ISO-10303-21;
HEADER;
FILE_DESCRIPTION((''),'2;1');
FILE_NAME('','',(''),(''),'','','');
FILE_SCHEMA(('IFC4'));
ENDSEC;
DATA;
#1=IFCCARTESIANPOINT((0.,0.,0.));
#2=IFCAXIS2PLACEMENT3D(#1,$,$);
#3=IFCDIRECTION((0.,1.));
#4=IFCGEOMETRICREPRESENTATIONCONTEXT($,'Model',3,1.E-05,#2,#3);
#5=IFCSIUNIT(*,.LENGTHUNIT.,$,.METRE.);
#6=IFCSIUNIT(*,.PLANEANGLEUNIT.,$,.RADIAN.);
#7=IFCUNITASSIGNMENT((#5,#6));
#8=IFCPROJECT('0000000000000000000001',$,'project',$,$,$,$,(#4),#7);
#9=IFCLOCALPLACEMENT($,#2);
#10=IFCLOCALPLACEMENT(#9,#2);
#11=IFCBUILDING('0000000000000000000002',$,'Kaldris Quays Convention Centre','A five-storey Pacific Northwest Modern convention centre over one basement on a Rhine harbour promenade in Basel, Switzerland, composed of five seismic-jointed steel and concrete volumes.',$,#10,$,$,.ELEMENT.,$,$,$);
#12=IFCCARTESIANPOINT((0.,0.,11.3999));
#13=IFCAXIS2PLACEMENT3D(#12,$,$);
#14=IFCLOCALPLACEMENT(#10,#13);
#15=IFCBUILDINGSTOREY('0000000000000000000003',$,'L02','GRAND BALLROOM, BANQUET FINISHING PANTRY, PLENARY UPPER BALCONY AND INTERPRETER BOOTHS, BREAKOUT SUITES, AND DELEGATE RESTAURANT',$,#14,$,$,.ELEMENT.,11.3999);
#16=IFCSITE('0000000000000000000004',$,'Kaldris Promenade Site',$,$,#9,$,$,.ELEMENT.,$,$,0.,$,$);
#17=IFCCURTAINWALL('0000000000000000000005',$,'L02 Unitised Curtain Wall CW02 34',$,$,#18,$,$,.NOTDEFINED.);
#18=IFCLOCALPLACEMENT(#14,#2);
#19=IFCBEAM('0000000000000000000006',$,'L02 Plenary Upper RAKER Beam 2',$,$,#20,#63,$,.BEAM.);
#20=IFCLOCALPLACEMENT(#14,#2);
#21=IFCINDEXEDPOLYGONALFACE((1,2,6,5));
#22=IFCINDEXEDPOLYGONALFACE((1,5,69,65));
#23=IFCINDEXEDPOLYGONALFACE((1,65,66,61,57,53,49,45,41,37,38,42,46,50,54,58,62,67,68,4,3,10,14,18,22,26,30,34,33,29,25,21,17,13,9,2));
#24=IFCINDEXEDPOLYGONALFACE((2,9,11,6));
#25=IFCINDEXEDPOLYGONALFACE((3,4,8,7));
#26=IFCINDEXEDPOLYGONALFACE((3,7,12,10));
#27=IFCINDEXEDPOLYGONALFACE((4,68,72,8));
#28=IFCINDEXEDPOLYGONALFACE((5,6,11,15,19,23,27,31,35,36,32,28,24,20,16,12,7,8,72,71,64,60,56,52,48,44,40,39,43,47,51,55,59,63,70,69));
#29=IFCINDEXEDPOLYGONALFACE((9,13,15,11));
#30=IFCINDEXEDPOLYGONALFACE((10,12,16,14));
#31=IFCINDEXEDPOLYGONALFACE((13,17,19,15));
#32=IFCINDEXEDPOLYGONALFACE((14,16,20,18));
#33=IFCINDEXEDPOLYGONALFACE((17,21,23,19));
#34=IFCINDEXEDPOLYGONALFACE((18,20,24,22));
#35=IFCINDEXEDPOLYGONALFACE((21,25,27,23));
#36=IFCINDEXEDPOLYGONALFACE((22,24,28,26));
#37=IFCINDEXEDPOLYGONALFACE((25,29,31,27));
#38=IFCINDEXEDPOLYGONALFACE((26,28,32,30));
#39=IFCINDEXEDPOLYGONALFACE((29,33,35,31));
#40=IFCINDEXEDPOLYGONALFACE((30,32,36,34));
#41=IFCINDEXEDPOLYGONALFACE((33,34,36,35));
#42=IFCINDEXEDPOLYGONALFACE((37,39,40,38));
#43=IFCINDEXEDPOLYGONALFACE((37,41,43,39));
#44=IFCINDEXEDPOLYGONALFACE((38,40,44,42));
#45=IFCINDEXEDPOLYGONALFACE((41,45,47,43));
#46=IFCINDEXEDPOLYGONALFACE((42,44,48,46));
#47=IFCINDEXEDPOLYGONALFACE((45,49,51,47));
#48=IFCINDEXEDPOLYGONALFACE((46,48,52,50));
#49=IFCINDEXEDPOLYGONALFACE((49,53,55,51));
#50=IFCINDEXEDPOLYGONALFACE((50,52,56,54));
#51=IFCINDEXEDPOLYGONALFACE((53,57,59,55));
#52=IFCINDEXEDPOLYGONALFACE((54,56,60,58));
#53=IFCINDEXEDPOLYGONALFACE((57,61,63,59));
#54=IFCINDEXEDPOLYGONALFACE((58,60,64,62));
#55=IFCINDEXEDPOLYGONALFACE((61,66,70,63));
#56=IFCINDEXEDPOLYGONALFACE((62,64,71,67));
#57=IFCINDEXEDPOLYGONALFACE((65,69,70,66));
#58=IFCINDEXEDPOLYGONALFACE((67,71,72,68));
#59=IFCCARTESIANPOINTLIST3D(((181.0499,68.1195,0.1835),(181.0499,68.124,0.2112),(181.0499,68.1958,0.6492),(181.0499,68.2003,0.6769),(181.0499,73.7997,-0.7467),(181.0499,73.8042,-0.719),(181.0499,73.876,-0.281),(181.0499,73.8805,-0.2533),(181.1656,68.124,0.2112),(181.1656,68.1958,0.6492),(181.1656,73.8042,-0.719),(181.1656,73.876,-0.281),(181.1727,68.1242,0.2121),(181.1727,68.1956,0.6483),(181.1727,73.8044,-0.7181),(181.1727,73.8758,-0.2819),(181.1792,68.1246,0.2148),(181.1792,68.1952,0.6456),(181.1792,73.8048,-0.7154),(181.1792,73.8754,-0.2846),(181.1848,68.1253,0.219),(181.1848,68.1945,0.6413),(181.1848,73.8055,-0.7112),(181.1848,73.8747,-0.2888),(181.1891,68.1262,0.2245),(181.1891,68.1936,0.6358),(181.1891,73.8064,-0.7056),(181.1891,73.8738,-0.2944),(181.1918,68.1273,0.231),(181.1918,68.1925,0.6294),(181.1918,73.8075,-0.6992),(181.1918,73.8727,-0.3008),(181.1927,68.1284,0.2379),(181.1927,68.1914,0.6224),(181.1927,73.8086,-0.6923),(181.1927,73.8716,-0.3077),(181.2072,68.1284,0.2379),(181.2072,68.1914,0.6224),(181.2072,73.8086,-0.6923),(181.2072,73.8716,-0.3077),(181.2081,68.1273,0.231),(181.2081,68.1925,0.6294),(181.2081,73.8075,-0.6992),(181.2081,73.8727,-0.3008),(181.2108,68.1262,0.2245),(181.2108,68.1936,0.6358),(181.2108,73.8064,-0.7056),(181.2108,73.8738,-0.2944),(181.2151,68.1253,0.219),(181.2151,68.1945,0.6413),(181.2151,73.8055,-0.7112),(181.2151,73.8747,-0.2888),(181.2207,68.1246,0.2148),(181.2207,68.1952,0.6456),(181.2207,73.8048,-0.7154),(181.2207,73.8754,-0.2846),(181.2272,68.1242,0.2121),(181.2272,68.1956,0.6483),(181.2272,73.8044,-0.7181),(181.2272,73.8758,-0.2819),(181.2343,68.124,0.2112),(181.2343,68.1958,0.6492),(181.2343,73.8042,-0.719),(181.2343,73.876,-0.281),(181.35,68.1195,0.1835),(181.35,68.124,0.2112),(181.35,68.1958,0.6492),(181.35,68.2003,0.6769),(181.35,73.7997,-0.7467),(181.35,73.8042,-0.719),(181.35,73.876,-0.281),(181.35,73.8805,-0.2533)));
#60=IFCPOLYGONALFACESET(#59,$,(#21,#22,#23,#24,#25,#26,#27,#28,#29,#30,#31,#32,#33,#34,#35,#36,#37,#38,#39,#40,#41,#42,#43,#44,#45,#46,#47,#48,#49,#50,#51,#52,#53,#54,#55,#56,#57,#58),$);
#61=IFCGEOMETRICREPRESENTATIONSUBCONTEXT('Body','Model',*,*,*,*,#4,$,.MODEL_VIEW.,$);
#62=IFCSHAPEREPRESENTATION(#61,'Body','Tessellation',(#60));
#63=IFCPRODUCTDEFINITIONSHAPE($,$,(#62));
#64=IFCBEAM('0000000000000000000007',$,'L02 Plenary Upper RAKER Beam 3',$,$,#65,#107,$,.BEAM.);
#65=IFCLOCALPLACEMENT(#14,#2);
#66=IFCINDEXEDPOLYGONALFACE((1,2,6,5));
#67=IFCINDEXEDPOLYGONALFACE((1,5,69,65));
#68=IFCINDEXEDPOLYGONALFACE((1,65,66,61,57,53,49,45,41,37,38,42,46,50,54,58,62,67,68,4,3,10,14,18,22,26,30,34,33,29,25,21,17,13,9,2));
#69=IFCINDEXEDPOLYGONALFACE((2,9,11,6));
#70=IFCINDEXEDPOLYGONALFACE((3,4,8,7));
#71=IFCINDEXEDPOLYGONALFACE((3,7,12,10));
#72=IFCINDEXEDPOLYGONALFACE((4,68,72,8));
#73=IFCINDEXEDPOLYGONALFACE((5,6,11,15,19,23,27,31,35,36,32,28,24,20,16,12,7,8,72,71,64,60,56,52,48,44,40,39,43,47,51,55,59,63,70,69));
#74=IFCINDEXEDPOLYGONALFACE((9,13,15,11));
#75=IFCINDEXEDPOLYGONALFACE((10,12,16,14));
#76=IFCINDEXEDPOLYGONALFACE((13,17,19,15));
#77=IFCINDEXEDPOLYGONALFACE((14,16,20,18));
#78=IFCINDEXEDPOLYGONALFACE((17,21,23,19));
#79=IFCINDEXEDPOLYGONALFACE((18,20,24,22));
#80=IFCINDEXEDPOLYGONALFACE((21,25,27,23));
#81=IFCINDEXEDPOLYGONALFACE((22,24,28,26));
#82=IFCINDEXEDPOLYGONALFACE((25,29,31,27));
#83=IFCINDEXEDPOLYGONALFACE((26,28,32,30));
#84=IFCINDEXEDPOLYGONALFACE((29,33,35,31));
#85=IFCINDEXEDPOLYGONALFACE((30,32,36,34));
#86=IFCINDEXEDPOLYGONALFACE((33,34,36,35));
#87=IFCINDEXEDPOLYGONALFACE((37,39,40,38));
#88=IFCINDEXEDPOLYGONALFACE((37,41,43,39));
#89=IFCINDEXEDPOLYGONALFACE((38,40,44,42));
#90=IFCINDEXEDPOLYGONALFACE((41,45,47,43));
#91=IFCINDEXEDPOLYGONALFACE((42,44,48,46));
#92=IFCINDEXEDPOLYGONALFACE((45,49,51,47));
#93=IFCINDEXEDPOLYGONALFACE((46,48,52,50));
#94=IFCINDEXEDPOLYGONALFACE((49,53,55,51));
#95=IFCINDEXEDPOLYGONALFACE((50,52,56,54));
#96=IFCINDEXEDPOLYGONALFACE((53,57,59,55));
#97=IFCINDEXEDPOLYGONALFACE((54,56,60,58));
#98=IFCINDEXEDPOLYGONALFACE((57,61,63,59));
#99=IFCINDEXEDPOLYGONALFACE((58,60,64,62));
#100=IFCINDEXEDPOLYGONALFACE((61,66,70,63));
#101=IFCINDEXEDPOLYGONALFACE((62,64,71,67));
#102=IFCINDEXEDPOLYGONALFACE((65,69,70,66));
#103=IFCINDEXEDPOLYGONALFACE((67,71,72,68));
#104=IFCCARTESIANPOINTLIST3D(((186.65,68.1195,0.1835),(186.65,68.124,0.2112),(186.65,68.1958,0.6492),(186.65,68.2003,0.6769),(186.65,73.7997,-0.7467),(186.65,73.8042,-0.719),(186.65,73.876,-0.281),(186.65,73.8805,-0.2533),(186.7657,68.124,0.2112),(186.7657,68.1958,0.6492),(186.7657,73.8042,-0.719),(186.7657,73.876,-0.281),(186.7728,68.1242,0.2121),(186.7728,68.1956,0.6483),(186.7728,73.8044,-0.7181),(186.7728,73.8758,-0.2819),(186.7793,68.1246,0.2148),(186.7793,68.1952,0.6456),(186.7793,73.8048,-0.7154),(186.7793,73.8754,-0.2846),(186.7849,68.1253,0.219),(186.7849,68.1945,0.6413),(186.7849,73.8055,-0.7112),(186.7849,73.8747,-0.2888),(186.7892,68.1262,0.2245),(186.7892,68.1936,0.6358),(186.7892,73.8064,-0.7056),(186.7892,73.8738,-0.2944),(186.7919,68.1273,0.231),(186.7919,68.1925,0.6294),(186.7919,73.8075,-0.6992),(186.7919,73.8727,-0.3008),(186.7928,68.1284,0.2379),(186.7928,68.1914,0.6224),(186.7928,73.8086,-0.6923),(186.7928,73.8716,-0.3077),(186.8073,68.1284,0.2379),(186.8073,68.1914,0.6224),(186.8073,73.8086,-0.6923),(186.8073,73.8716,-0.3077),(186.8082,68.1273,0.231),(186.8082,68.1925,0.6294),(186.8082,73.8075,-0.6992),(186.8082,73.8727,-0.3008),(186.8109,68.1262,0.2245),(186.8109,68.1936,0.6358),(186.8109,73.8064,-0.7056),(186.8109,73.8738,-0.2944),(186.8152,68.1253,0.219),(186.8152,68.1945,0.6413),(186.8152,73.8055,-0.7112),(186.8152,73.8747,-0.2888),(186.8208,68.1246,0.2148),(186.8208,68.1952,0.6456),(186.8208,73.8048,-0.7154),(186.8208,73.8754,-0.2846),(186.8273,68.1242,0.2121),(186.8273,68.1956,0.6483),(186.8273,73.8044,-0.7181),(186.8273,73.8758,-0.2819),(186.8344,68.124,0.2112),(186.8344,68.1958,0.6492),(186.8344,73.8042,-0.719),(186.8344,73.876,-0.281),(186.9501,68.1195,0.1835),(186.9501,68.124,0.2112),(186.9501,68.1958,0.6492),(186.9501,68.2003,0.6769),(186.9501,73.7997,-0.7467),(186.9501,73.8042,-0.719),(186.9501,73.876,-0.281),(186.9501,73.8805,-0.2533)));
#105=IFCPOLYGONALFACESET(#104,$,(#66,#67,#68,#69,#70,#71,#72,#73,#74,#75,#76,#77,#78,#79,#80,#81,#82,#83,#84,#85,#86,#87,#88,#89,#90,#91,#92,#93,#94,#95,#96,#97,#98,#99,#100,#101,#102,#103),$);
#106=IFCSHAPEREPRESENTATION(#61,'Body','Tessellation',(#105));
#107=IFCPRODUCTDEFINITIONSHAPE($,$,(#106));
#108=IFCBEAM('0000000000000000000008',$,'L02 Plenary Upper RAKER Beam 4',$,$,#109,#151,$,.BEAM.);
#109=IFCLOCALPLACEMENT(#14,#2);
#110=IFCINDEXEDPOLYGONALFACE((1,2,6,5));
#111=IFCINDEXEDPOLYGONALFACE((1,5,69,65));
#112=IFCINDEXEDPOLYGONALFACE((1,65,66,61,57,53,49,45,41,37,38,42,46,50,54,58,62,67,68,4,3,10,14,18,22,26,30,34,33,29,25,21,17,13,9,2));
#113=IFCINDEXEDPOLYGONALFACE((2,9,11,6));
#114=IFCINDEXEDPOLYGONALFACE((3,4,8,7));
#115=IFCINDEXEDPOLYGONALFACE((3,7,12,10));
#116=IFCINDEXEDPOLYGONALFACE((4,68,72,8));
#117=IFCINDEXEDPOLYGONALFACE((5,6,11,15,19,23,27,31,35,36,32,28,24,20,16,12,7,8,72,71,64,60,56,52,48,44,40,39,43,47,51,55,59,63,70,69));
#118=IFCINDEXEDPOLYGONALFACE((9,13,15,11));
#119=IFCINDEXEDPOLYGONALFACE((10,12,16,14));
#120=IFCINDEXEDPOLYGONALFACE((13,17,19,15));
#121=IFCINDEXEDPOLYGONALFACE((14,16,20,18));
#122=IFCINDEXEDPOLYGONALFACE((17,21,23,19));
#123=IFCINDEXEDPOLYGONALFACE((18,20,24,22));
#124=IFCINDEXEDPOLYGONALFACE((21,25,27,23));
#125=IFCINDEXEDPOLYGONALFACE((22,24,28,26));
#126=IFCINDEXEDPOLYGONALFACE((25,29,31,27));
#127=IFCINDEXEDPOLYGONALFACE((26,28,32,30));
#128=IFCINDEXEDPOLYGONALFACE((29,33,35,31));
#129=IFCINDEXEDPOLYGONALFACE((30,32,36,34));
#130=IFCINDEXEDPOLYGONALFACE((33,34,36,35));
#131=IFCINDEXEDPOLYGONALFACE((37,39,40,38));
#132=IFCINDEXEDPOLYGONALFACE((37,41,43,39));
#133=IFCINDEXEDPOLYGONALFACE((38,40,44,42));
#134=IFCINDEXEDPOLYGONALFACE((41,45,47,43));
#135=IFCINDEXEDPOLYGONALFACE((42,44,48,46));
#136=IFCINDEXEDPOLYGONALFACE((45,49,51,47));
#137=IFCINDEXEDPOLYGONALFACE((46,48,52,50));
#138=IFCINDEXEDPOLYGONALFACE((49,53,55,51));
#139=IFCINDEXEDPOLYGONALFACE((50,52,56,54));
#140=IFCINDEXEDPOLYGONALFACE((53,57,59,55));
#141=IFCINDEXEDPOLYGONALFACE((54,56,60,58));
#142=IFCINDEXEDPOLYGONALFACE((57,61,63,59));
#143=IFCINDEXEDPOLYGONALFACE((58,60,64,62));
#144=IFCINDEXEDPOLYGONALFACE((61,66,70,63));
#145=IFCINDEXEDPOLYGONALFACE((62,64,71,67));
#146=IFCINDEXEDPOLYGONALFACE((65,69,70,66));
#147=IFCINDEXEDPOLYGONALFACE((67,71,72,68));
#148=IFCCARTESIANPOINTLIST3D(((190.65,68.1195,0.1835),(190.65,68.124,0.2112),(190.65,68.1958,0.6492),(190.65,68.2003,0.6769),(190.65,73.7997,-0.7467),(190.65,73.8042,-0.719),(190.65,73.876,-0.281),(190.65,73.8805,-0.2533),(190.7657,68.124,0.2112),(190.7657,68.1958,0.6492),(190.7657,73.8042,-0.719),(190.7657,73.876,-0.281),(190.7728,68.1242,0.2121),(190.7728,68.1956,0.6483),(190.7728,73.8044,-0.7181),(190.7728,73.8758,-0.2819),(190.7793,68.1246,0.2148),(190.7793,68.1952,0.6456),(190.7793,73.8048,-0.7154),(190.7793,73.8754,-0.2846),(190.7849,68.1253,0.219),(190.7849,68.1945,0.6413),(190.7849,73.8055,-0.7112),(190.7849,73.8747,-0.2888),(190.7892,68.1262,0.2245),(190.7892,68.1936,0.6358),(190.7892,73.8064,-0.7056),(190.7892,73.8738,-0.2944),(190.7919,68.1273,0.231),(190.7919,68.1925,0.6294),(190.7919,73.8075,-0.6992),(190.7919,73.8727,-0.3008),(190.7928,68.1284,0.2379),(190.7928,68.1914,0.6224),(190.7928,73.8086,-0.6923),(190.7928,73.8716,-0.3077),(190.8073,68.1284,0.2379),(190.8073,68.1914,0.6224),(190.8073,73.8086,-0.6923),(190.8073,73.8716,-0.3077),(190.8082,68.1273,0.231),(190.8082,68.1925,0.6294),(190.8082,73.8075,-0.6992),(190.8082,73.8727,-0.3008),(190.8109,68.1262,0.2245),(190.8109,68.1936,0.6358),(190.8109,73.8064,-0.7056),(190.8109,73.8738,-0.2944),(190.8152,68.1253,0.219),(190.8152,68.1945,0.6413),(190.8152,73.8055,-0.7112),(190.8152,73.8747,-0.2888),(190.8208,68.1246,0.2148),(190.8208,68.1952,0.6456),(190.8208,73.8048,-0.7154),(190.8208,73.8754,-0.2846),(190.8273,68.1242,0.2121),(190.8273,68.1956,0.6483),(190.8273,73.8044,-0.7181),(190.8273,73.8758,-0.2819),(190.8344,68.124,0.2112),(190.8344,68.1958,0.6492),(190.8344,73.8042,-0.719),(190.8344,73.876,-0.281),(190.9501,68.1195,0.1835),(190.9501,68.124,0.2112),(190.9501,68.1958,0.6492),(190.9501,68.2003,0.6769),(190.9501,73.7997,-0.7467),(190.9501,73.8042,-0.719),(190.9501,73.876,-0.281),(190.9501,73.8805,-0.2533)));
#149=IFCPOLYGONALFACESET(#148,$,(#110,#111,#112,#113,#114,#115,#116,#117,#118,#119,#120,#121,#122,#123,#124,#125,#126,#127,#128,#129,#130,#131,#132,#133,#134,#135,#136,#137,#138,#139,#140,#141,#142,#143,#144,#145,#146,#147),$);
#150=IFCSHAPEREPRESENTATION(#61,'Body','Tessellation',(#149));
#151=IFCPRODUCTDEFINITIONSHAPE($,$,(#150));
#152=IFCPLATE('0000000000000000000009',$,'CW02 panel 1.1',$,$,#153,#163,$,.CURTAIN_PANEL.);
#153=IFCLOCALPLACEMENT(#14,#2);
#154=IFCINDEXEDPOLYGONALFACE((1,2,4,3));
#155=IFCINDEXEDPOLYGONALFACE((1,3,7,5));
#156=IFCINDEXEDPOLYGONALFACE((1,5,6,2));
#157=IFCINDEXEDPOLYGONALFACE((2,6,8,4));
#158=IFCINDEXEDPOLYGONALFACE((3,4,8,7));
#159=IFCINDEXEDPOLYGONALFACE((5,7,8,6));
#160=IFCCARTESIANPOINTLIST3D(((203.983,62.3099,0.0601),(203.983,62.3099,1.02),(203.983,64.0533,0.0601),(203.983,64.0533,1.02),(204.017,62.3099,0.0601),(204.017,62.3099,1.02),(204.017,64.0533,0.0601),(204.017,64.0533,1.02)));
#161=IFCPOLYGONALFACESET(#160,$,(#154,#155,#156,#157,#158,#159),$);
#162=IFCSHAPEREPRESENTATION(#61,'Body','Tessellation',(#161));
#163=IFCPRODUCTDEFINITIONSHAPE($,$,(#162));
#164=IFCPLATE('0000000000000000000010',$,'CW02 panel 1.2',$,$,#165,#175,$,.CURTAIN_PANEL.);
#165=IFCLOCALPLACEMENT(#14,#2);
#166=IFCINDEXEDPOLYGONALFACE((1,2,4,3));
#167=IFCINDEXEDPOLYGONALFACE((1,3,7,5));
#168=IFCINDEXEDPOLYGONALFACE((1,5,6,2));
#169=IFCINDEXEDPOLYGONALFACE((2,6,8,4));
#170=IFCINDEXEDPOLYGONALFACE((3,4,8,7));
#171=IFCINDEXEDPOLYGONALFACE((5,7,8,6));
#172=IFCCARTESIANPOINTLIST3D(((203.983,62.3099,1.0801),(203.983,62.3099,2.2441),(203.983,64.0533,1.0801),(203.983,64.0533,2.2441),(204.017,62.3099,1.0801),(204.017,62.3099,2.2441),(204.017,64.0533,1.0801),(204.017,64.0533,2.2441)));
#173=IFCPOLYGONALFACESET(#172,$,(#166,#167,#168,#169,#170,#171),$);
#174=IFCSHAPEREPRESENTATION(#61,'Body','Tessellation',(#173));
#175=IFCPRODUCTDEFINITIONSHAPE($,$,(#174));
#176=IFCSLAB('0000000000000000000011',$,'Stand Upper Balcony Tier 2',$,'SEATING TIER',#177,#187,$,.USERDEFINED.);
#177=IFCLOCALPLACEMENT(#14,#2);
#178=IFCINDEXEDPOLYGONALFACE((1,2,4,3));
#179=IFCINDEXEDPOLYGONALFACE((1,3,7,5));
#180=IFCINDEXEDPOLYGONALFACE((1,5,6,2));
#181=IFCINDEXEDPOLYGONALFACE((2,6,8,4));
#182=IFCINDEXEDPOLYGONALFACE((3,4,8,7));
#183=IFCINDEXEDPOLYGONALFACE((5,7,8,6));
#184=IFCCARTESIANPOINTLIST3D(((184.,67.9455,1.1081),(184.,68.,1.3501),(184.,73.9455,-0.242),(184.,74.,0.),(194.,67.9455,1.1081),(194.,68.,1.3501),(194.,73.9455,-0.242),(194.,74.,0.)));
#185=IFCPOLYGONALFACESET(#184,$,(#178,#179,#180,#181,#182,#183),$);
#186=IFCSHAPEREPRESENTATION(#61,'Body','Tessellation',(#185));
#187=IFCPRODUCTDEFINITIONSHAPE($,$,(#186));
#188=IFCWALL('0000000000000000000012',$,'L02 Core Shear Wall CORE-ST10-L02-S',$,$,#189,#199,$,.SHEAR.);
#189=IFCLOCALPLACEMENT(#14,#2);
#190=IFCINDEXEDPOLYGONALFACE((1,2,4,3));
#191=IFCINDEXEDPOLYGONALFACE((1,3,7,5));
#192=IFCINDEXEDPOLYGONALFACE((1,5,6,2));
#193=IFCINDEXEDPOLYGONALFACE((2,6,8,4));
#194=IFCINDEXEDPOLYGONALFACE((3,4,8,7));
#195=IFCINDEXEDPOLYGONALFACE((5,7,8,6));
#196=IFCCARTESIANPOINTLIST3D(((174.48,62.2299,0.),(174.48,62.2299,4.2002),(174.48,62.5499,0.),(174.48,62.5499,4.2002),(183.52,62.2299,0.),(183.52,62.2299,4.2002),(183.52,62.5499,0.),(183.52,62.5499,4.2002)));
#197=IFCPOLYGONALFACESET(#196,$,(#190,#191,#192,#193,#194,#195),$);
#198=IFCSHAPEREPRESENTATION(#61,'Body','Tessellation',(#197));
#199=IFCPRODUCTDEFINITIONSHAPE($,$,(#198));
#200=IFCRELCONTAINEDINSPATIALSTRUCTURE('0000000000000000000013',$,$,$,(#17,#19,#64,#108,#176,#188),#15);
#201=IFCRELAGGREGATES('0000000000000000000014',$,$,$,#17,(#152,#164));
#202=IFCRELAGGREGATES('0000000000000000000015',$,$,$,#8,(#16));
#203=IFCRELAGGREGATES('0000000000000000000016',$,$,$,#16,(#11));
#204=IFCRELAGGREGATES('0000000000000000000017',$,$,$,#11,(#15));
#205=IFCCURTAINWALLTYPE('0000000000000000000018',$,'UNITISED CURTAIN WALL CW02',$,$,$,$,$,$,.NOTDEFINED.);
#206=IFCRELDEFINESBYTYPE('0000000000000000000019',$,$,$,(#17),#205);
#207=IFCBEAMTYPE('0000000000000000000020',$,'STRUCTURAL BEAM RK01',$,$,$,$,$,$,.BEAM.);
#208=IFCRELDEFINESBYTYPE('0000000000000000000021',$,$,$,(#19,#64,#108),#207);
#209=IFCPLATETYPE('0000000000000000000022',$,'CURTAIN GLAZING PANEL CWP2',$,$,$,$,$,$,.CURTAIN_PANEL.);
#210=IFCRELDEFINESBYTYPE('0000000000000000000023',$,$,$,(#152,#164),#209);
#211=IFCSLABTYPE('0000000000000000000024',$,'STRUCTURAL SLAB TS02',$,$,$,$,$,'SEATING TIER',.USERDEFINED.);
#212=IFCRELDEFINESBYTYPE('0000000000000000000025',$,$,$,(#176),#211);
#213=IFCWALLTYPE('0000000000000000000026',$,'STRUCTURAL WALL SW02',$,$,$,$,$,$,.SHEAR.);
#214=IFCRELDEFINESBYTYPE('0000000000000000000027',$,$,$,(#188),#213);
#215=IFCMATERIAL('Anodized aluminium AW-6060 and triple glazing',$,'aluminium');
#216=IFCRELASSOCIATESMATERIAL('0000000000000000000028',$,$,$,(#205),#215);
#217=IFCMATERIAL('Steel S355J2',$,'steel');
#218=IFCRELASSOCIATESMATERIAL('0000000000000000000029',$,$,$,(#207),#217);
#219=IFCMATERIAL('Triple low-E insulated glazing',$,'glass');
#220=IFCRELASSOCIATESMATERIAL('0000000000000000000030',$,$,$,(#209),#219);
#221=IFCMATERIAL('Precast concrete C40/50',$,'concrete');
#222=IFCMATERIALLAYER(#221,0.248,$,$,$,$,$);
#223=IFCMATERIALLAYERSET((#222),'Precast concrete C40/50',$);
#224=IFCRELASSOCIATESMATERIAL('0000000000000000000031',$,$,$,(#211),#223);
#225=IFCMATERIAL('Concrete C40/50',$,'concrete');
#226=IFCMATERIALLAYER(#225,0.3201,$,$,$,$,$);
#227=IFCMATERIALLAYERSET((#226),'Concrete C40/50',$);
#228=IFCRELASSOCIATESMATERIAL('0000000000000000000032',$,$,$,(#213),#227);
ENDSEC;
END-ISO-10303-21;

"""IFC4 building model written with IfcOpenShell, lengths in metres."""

from ifc_helpers import new_model, si_unit, direction, frame, frame_2d, origin, origin_2d, place, context, subcontext, project, spatial, polyline, rectangle, i_section, outline, extrude, material, layer, layer_set, material_profile, profile_set, type_object, element, aggregate, save


model = new_model("IFC4")

# Units and contexts
model_context = context("Model", 3, precision=1e-05, world=origin(), true_north=direction((0.0, 1.0)))
body_context = subcontext(model_context, "Body", "Model", "MODEL_VIEW")
ifc_project = project(units=[si_unit("LENGTHUNIT", "METRE"), si_unit("PLANEANGLEUNIT", "RADIAN")], contexts=[model_context])

# Site, building, storey
site_placement = place(None, origin())
site = spatial("IfcSite", under=ifc_project, at=site_placement, Name="Kaldris Promenade Site", CompositionType="ELEMENT", RefElevation=0.0)
building_placement = place(site_placement, origin())
building = spatial("IfcBuilding", under=site, at=building_placement, Name="Kaldris Quays Convention Centre", Description="A five-storey Pacific Northwest Modern convention centre over one basement on a Rhine harbour promenade in Basel, Switzerland, composed of five seismic-jointed steel and concrete volumes.", CompositionType="ELEMENT")
storey_placement = place(building_placement, frame((0.0, 0.0, 11.3999)))
storey = spatial("IfcBuildingStorey", under=building, at=storey_placement, Name="L02", Description="GRAND BALLROOM, BANQUET FINISHING PANTRY, PLENARY UPPER BALCONY AND INTERPRETER BOOTHS, BREAKOUT SUITES, AND DELEGATE RESTAURANT", CompositionType="ELEMENT", Elevation=11.3999)

# Shared definitions
ifc_material_1 = material(Name="Steel S355J2", Category="steel")

# Shared definitions
ifc_material_2 = material(Name="Anodized aluminium AW-6060 and triple glazing", Category="aluminium")
curtain_wall_type = type_object("IfcCurtainWallType", Name="UNITISED CURTAIN WALL CW02", PredefinedType="NOTDEFINED", material=ifc_material_2)

# Curtain wall
curtain_wall_1_placement = place(storey_placement, origin())
curtain_wall_1 = element("IfcCurtainWall", 1, at=curtain_wall_1_placement, inside=storey, type_object=curtain_wall_type, Name="L02 Unitised Curtain Wall CW02 34", PredefinedType="NOTDEFINED")

# Beams
ifc_material_profile_1 = material_profile(ifc_material_1, i_section(OverallWidth=0.3, OverallDepth=0.5, WebThickness=0.0144, FlangeThickness=0.0281, FilletRadius=0.0271, at=origin_2d()), Name="HEB 500")
ifc_profile_set_1 = profile_set([ifc_material_profile_1], Name="Steel S355J2")
beam_type_1 = type_object("IfcBeamType", Name="STRUCTURAL BEAM RK01", PredefinedType="BEAM", material=ifc_profile_set_1)
for number, where, z_axis, x_axis, name in (
    (2, (181.2, 68.1599, 0.4302), (0.0, 0.986855, -0.161606), (-1.0, 0.0, 0.0), "L02 Plenary Upper RAKER Beam 2"),
    (3, (186.8, 68.1599, 0.4302), (0.0, 0.986855, -0.161606), (-1.0, 0.0, 0.0), "L02 Plenary Upper RAKER Beam 3"),
    (4, (190.8, 68.1599, 0.4302), (0.0, 0.986855, -0.161606), (-1.0, 0.0, 0.0), "L02 Plenary Upper RAKER Beam 4"),
):
    element("IfcBeam", number, at=place(storey_placement, frame(where, z_axis=z_axis, x_axis=x_axis)), inside=storey, type_object=beam_type_1, Name=name, PredefinedType="BEAM", context=body_context, shape_type="SweptSolid", body=[
        extrude(i_section(OverallWidth=0.3, OverallDepth=0.5, WebThickness=0.0144, FlangeThickness=0.0281, FilletRadius=0.0271, at=origin_2d()), origin(), (0.0, 0.0, 1.0), 5.7559),
    ])

# Plates
ifc_material_3 = material(Name="Triple low-E insulated glazing", Category="glass")
plate_type = type_object("IfcPlateType", Name="CURTAIN GLAZING PANEL CWP2", PredefinedType="CURTAIN_PANEL", material=ifc_material_3)
plate_1_placement = place(storey_placement, frame((204.0, 63.1816, 0.0601), z_axis=(0.0, 0.0, 1.0), x_axis=(0.0, 1.0, 0.0)))
plate_1 = element("IfcPlate", 5, at=plate_1_placement, type_object=plate_type, Name="CW02 panel 1.1", PredefinedType="CURTAIN_PANEL", context=body_context, shape_type="SweptSolid", body=[
    extrude(rectangle(XDim=1.7434, YDim=0.0339, at=origin_2d()), origin(), (0.0, 0.0, 1.0), 0.96),
])
plate_2_placement = place(storey_placement, frame((204.0, 63.1816, 1.0801), z_axis=(0.0, 0.0, 1.0), x_axis=(0.0, 1.0, 0.0)))
plate_2 = element("IfcPlate", 6, at=plate_2_placement, type_object=plate_type, Name="CW02 panel 1.2", PredefinedType="CURTAIN_PANEL", context=body_context, shape_type="SweptSolid", body=[
    extrude(rectangle(XDim=1.7434, YDim=0.0339, at=origin_2d()), origin(), (0.0, 0.0, 1.0), 1.1641),
])
aggregate(curtain_wall_1, [plate_1, plate_2])

# Slab
ifc_material_4 = material(Name="Precast concrete C40/50", Category="concrete")
ifc_layer_1 = layer(ifc_material_4, 0.248)
ifc_layer_set_1 = layer_set([ifc_layer_1], Name="Precast concrete C40/50")
slab_type = type_object("IfcSlabType", Name="STRUCTURAL SLAB TS02", ElementType="SEATING TIER", PredefinedType="USERDEFINED", material=ifc_layer_set_1)
slab_placement = place(storey_placement, frame((184.0, 68.0, 1.3501), z_axis=(0.0, 0.219527, 0.975606), x_axis=(1.0, 0.0, 0.0)))
element("IfcSlab", 7, at=slab_placement, inside=storey, type_object=slab_type, Name="Stand Upper Balcony Tier 2", ObjectType="SEATING TIER", PredefinedType="USERDEFINED", context=body_context, shape_type="SweptSolid", body=[
    extrude(outline(polyline([(0.0, 0.0), (10.0, 0.0), (10.0, 6.15), (0.0, 6.15), (0.0, 0.0)])), origin(), (0.0, 0.0, -1.0), 0.248),
])

# Wall
ifc_material_5 = material(Name="Concrete C40/50", Category="concrete")
ifc_layer_2 = layer(ifc_material_5, 0.3201)
ifc_layer_set_2 = layer_set([ifc_layer_2], Name="Concrete C40/50")
wall_type = type_object("IfcWallType", Name="STRUCTURAL WALL SW02", PredefinedType="SHEAR", material=ifc_layer_set_2)
for number, where, z_axis, x_axis, name in (
    (8, (174.48, 62.3899, 0.0), (0.0, 0.0, 1.0), (1.0, 0.0, 0.0), "L02 Core Shear Wall CORE-ST10-L02-S"),
):
    element("IfcWall", number, at=place(storey_placement, frame(where, z_axis=z_axis, x_axis=x_axis)), inside=storey, type_object=wall_type, Name=name, PredefinedType="SHEAR", context=body_context, shape_type="SweptSolid", body=[
        extrude(rectangle(XDim=9.04, YDim=0.3201, at=frame_2d((4.52, 0.0))), origin(), (0.0, 0.0, 1.0), 4.2002),
    ])

save(model, "model.ifc")
